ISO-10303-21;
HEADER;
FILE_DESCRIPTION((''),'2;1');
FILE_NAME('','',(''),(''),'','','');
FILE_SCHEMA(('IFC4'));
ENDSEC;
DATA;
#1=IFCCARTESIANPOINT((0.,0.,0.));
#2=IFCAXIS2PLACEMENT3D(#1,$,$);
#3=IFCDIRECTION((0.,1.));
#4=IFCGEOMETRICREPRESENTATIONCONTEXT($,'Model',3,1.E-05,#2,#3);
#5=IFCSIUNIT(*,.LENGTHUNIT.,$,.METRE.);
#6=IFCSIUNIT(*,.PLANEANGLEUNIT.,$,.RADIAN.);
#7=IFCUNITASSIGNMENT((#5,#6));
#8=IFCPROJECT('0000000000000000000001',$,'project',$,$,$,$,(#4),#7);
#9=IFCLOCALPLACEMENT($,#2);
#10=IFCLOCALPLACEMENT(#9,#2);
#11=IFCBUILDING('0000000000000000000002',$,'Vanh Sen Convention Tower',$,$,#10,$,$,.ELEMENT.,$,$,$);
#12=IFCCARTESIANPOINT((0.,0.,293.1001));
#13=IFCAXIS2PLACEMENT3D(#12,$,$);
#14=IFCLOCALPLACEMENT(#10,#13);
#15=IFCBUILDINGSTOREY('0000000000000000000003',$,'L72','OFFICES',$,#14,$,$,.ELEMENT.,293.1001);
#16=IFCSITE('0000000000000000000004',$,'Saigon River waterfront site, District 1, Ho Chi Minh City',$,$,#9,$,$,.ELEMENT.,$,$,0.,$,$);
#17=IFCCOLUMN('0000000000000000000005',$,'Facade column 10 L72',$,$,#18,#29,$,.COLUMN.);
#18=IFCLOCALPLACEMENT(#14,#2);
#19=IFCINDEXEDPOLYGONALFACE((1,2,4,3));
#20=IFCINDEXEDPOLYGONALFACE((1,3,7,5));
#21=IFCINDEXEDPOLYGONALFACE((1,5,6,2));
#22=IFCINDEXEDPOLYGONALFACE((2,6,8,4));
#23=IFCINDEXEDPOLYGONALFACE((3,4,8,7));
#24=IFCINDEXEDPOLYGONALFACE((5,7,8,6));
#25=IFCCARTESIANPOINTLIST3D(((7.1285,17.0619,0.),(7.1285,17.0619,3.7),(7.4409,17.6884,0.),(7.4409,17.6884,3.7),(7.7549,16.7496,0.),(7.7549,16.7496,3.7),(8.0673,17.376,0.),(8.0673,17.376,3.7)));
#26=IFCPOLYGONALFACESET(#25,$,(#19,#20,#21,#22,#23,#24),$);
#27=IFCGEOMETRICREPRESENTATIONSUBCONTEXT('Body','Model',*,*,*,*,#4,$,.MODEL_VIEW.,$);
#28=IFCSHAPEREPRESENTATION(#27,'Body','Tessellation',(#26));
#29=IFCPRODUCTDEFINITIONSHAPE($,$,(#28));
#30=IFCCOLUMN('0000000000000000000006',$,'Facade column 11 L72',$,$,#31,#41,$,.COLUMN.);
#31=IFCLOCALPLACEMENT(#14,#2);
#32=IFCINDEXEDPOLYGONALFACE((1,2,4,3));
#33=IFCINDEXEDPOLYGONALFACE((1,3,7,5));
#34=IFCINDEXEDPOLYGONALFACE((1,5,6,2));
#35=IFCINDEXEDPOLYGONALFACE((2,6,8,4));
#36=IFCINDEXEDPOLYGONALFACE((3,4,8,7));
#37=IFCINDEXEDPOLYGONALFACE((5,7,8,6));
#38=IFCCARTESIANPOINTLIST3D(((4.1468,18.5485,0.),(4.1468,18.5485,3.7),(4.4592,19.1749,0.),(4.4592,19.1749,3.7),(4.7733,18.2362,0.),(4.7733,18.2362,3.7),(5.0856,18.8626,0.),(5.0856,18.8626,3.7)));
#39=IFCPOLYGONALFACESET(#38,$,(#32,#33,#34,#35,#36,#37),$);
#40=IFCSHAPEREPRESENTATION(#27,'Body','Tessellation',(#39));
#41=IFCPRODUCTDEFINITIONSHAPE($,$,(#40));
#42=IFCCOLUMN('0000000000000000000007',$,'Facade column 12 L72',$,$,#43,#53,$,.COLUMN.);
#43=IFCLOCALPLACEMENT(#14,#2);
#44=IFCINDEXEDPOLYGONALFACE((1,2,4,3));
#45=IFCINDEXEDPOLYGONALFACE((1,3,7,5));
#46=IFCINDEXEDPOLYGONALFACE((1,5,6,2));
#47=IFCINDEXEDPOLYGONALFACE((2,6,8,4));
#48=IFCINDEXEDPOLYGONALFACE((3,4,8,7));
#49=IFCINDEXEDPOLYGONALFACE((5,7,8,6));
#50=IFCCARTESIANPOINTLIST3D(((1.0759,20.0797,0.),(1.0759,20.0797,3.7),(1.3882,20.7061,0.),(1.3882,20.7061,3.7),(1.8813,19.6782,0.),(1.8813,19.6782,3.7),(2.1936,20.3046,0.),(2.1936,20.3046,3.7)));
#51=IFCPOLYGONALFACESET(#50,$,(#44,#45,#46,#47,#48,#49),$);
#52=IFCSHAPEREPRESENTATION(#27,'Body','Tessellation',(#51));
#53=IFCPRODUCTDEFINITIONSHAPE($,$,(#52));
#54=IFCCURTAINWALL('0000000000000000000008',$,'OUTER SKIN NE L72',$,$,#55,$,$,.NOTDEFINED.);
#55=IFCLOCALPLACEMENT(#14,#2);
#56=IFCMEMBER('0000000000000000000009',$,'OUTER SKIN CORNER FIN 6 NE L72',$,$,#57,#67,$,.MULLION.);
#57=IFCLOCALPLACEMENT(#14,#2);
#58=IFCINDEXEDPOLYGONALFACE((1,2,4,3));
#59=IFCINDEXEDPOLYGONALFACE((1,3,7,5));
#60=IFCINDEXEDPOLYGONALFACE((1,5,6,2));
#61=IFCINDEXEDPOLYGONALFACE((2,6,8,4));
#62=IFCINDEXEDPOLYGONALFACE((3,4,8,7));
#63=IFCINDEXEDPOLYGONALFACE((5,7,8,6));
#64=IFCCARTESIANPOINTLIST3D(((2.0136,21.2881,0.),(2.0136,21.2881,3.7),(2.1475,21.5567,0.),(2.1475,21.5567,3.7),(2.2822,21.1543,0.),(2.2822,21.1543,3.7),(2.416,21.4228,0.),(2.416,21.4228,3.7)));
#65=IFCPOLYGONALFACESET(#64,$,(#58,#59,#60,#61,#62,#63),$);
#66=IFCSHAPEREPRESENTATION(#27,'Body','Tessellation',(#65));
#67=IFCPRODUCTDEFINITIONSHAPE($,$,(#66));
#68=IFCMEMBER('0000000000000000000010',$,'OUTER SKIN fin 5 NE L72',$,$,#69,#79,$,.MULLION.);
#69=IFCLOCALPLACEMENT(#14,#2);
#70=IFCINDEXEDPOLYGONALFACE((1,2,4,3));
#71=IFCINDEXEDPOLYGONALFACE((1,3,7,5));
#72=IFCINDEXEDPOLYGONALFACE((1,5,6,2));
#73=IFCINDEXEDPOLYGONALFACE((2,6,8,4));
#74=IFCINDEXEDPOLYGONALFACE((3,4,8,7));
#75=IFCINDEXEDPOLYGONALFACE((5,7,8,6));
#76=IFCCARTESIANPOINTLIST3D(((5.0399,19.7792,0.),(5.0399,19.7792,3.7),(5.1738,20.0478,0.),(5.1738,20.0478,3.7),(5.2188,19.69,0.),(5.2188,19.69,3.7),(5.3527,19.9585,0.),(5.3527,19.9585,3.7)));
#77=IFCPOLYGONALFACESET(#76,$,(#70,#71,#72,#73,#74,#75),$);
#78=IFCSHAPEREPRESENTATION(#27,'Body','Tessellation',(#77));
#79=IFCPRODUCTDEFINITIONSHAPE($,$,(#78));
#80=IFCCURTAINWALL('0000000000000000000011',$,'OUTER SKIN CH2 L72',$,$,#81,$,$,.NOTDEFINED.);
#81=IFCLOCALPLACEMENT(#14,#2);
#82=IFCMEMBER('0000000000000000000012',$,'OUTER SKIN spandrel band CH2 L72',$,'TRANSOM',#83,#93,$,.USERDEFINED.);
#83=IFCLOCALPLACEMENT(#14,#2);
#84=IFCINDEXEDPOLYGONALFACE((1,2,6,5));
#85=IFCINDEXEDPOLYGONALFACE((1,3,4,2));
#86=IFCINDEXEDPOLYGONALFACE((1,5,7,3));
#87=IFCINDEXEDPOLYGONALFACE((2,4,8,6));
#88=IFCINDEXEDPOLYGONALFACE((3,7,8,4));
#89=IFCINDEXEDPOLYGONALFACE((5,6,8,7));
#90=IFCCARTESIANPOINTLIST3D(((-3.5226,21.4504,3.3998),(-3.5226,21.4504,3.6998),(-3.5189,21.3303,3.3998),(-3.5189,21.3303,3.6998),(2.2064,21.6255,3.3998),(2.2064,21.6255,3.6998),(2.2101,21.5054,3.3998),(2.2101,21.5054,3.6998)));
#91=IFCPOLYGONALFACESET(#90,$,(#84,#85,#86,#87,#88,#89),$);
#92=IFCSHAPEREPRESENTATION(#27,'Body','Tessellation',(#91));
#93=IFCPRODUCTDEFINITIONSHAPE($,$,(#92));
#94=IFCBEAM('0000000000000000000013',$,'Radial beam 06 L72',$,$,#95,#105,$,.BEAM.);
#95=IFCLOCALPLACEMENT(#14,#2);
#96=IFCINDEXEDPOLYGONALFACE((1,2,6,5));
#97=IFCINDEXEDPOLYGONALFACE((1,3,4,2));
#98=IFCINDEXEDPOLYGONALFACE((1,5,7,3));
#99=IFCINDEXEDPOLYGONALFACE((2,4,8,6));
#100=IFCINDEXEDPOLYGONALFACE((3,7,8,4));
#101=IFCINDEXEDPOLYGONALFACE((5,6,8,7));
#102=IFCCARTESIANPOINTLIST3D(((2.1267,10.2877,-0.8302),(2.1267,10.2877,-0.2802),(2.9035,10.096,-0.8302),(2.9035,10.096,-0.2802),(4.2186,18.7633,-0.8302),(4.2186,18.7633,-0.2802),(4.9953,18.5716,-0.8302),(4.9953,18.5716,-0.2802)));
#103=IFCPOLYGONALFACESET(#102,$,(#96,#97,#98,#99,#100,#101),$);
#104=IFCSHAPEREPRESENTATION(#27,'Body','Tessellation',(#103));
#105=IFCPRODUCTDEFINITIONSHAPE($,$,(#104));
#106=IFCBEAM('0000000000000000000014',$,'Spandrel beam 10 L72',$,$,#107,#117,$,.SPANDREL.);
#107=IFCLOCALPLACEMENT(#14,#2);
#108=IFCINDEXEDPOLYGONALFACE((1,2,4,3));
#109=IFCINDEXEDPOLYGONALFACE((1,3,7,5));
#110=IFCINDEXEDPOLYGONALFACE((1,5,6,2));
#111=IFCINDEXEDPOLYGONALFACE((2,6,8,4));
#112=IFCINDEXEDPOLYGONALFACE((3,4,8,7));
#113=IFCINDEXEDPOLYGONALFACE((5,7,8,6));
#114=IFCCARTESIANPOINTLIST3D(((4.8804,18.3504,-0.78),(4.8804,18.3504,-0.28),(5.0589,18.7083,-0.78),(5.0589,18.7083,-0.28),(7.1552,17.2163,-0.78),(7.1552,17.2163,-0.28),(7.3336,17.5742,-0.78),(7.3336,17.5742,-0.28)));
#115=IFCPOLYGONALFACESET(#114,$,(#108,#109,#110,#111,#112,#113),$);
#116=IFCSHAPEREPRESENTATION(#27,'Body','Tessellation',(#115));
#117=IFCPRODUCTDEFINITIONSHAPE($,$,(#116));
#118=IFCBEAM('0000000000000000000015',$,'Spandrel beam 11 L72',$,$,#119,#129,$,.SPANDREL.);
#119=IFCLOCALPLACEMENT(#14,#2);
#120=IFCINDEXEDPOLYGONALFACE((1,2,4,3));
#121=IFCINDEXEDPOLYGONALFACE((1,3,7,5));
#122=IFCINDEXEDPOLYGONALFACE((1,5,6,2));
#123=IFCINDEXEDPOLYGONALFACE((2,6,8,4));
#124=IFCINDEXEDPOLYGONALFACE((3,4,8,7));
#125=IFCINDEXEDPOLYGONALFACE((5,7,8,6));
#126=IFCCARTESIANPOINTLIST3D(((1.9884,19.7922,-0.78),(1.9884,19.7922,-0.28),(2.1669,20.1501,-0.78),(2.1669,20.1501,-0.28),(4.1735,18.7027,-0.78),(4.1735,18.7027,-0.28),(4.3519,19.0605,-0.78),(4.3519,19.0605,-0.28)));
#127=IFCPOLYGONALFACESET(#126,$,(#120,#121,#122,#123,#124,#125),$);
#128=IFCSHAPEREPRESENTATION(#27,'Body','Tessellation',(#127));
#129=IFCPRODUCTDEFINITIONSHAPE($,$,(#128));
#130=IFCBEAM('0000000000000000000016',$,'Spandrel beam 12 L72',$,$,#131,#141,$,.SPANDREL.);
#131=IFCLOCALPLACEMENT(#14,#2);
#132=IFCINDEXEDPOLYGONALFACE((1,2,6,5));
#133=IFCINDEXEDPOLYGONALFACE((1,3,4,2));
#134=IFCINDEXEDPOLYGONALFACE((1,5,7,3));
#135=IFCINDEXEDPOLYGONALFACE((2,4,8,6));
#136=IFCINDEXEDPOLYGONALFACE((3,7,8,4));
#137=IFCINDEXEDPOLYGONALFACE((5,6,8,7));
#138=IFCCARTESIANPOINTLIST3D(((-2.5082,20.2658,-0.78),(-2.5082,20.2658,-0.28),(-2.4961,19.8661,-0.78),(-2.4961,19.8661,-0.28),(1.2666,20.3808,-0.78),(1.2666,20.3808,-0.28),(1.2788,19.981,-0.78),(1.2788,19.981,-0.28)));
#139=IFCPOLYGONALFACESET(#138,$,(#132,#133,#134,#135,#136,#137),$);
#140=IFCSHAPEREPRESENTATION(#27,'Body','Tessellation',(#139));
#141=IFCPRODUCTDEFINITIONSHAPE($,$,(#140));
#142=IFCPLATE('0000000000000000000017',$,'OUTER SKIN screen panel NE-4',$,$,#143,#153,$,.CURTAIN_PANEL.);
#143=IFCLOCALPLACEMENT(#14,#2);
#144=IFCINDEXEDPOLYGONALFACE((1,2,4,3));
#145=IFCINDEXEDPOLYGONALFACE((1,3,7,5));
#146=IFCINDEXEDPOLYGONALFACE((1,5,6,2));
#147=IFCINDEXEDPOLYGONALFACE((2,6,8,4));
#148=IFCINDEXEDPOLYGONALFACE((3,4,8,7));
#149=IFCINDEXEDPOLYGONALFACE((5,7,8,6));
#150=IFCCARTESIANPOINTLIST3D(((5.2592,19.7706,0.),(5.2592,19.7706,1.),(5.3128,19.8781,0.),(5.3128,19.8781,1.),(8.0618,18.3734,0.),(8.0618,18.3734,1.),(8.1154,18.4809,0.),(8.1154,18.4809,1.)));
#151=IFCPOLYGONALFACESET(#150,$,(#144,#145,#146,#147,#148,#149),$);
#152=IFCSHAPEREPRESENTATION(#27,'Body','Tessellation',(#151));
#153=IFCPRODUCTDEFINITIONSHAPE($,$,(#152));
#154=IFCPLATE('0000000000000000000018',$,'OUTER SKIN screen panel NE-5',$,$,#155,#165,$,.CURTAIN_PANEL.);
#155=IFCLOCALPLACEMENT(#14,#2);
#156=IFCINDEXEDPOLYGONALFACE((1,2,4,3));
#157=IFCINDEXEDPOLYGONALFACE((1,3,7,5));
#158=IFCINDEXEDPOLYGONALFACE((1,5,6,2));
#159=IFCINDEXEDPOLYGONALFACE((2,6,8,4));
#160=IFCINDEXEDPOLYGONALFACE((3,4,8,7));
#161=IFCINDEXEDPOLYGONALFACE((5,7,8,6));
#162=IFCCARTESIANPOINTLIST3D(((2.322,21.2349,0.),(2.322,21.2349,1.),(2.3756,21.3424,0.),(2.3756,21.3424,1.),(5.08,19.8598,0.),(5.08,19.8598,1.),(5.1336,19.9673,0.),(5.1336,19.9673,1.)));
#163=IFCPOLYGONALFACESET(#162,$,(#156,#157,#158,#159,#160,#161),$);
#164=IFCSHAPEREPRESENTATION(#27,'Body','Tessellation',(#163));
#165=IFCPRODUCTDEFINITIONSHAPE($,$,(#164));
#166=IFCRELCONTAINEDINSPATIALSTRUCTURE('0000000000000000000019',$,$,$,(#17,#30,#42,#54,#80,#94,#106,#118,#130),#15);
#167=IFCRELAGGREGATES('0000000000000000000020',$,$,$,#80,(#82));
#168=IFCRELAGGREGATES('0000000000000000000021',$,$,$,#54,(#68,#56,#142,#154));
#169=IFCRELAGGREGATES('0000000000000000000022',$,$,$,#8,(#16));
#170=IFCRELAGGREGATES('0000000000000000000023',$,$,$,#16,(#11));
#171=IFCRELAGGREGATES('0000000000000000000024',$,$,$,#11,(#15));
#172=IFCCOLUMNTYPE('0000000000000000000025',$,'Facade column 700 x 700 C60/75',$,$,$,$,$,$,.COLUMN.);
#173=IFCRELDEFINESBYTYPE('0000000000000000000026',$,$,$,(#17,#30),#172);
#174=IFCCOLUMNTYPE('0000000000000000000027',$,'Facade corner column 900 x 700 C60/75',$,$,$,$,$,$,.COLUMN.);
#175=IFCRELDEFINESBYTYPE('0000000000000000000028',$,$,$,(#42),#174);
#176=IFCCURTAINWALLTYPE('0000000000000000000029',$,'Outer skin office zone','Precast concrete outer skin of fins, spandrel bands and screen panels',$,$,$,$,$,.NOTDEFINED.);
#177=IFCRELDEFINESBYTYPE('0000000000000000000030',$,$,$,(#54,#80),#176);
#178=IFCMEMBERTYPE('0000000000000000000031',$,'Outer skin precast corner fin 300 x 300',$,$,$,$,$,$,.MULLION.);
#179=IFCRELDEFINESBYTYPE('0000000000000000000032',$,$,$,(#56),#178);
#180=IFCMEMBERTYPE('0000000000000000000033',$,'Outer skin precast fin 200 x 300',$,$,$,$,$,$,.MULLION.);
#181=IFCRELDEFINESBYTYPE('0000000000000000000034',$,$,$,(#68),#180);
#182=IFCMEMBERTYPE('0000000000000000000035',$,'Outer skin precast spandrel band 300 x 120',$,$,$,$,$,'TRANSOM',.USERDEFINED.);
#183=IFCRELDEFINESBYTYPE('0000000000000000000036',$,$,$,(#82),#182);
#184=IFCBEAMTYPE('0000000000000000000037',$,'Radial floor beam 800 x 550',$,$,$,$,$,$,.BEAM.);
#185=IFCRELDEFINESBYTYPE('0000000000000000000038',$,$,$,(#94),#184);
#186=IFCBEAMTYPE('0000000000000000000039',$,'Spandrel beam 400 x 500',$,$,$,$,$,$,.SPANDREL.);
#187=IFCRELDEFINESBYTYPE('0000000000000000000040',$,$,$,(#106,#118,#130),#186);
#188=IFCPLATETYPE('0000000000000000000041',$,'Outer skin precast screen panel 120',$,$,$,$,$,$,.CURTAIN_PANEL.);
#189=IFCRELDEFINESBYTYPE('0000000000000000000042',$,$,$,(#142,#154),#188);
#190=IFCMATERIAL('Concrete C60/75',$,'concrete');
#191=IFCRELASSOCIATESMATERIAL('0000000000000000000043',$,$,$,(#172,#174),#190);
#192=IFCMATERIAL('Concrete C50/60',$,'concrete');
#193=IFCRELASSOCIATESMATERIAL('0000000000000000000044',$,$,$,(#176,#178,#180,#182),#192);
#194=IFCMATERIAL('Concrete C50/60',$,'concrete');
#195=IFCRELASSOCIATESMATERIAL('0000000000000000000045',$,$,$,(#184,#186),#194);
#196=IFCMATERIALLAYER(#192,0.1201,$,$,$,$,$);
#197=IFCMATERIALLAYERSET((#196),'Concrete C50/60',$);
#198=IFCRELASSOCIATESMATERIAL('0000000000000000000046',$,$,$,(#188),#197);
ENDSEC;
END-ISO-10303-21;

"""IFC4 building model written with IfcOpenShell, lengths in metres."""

from ifc_helpers import new_model, si_unit, direction, frame, origin, origin_2d, place, context, subcontext, project, spatial, rectangle, extrude, material, layer, layer_set, material_profile, profile_set, type_object, element, aggregate, save


model = new_model("IFC4")

# Units and contexts
model_context = context("Model", 3, precision=1e-05, world=origin(), true_north=direction((0.0, 1.0)))
body_context = subcontext(model_context, "Body", "Model", "MODEL_VIEW")
ifc_project = project(units=[si_unit("LENGTHUNIT", "METRE"), si_unit("PLANEANGLEUNIT", "RADIAN")], contexts=[model_context])

# Site, building, storey
site_placement = place(None, origin())
site = spatial("IfcSite", under=ifc_project, at=site_placement, Name="Saigon River waterfront site, District 1, Ho Chi Minh City", CompositionType="ELEMENT", RefElevation=0.0)
building_placement = place(site_placement, origin())
building = spatial("IfcBuilding", under=site, at=building_placement, Name="Vanh Sen Convention Tower", CompositionType="ELEMENT")
storey_placement = place(building_placement, frame((0.0, 0.0, 293.1001)))
storey = spatial("IfcBuildingStorey", under=building, at=storey_placement, Name="L72", Description="OFFICES", CompositionType="ELEMENT", Elevation=293.1001)

# Columns
ifc_material_1 = material(Name="Concrete C60/75", Category="concrete")
ifc_material_profile_1 = material_profile(ifc_material_1, rectangle(XDim=0.7, YDim=0.7, at=origin_2d()), Name="RC 700X700")
ifc_profile_set_1 = profile_set([ifc_material_profile_1], Name="Concrete C60/75")
column_type_1 = type_object("IfcColumnType", Name="Facade column 700 x 700 C60/75", PredefinedType="COLUMN", material=ifc_profile_set_1)
for number, where, z_axis, x_axis, name in (
    (1, (7.5979, 17.219, 0.0), (0.0, 0.0, 1.0), (-0.894934, 0.446198, 0.0), "Facade column 10 L72"),
    (2, (4.6162, 18.7056, 0.0), (0.0, 0.0, 1.0), (-0.894934, 0.446198, 0.0), "Facade column 11 L72"),
):
    element("IfcColumn", number, at=place(storey_placement, frame(where, z_axis=z_axis, x_axis=x_axis)), inside=storey, type_object=column_type_1, Name=name, PredefinedType="COLUMN", context=body_context, shape_type="SweptSolid", body=[
        extrude(rectangle(XDim=0.7, YDim=0.7, at=origin_2d()), origin(), (0.0, 0.0, 1.0), 3.7),
    ])
ifc_material_profile_2 = material_profile(ifc_material_1, rectangle(XDim=0.8999, YDim=0.7, at=origin_2d()), Name="RC 900X700")
ifc_profile_set_2 = profile_set([ifc_material_profile_2], Name="Concrete C60/75")
column_type_2 = type_object("IfcColumnType", Name="Facade corner column 900 x 700 C60/75", PredefinedType="COLUMN", material=ifc_profile_set_2)
column_placement = place(storey_placement, frame((1.6348, 20.1921, 0.0), z_axis=(0.0, 0.0, 1.0), x_axis=(-0.894934, 0.446198, 0.0)))
element("IfcColumn", 3, at=column_placement, inside=storey, type_object=column_type_2, Name="Facade column 12 L72", PredefinedType="COLUMN", context=body_context, shape_type="SweptSolid", body=[
    extrude(rectangle(XDim=0.8999, YDim=0.7, at=origin_2d()), origin(), (0.0, 0.0, 1.0), 3.7),
])

# Curtain wall, members
ifc_material_2 = material(Name="Concrete C50/60", Category="concrete")
curtain_wall_type = type_object("IfcCurtainWallType", Name="Outer skin office zone", Description="Precast concrete outer skin of fins, spandrel bands and screen panels", PredefinedType="NOTDEFINED", material=ifc_material_2)
curtain_wall_1_placement = place(storey_placement, origin())
curtain_wall_1 = element("IfcCurtainWall", 4, at=curtain_wall_1_placement, inside=storey, type_object=curtain_wall_type, Name="OUTER SKIN NE L72", PredefinedType="NOTDEFINED")
ifc_material_profile_3 = material_profile(ifc_material_2, rectangle(XDim=0.3, YDim=0.3, at=origin_2d()), Name="Outer skin precast corner fin 300 x 300")
ifc_profile_set_3 = profile_set([ifc_material_profile_3], Name="Concrete C50/60")
member_type_1 = type_object("IfcMemberType", Name="Outer skin precast corner fin 300 x 300", PredefinedType="MULLION", material=ifc_profile_set_3)
member_1_placement = place(storey_placement, frame((2.2148, 21.3555, 0.0), z_axis=(0.0, 0.0, 1.0), x_axis=(-0.894934, 0.446198, 0.0)))
member_1 = element("IfcMember", 5, at=member_1_placement, type_object=member_type_1, Name="OUTER SKIN CORNER FIN 6 NE L72", PredefinedType="MULLION", context=body_context, shape_type="SweptSolid", body=[
    extrude(rectangle(XDim=0.3, YDim=0.3, at=origin_2d()), origin(), (0.0, 0.0, 1.0), 3.7),
])
ifc_material_profile_4 = material_profile(ifc_material_2, rectangle(XDim=0.2, YDim=0.3, at=origin_2d()), Name="Outer skin precast fin 200 x 300")
ifc_profile_set_4 = profile_set([ifc_material_profile_4], Name="Concrete C50/60")
member_type_2 = type_object("IfcMemberType", Name="Outer skin precast fin 200 x 300", PredefinedType="MULLION", material=ifc_profile_set_4)
member_2_placement = place(storey_placement, frame((5.1963, 19.8689, 0.0), z_axis=(0.0, 0.0, 1.0), x_axis=(-0.894934, 0.446198, 0.0)))
member_2 = element("IfcMember", 6, at=member_2_placement, type_object=member_type_2, Name="OUTER SKIN fin 5 NE L72", PredefinedType="MULLION", context=body_context, shape_type="SweptSolid", body=[
    extrude(rectangle(XDim=0.2, YDim=0.3, at=origin_2d()), origin(), (0.0, 0.0, 1.0), 3.7),
])

# Curtain wall, member
curtain_wall_2_placement = place(storey_placement, origin())
curtain_wall_2 = element("IfcCurtainWall", 7, at=curtain_wall_2_placement, inside=storey, type_object=curtain_wall_type, Name="OUTER SKIN CH2 L72", PredefinedType="NOTDEFINED")
ifc_material_profile_5 = material_profile(ifc_material_2, rectangle(XDim=0.1201, YDim=0.3, at=origin_2d()), Name="Outer skin precast spandrel band 300 x 120")
ifc_profile_set_5 = profile_set([ifc_material_profile_5], Name="Concrete C50/60")
member_type_3 = type_object("IfcMemberType", Name="Outer skin precast spandrel band 300 x 120", ElementType="TRANSOM", PredefinedType="USERDEFINED", material=ifc_profile_set_5)
member_3_placement = place(storey_placement, frame((2.2083, 21.5654, 3.5498), z_axis=(-0.999534, -0.030541, 0.0), x_axis=(0.030541, -0.999534, 0.0)))
member_3 = element("IfcMember", 8, at=member_3_placement, type_object=member_type_3, Name="OUTER SKIN spandrel band CH2 L72", ObjectType="TRANSOM", PredefinedType="USERDEFINED", context=body_context, shape_type="SweptSolid", body=[
    extrude(rectangle(XDim=0.1201, YDim=0.3, at=origin_2d()), origin(), (0.0, 0.0, 1.0), 5.7317),
])
aggregate(curtain_wall_2, [member_3])

# Beams
ifc_material_3 = material(Name="Concrete C50/60", Category="concrete")
ifc_material_profile_6 = material_profile(ifc_material_3, rectangle(XDim=0.8, YDim=0.55, at=origin_2d()), Name="RC 800X550")
ifc_profile_set_6 = profile_set([ifc_material_profile_6], Name="Concrete C50/60")
beam_type_1 = type_object("IfcBeamType", Name="Radial floor beam 800 x 550", PredefinedType="BEAM", material=ifc_profile_set_6)
beam_1_placement = place(storey_placement, frame((4.6069, 18.6675, -0.5552), z_axis=(-0.239613, -0.970869, 0.0), x_axis=(0.970869, -0.239613, 0.0)))
element("IfcBeam", 9, at=beam_1_placement, inside=storey, type_object=beam_type_1, Name="Radial beam 06 L72", PredefinedType="BEAM", context=body_context, shape_type="SweptSolid", body=[
    extrude(rectangle(XDim=0.8, YDim=0.55, at=origin_2d()), origin(), (0.0, 0.0, 1.0), 8.73),
])
ifc_material_profile_7 = material_profile(ifc_material_3, rectangle(XDim=0.3999, YDim=0.5, at=origin_2d()), Name="RC 400X500")
ifc_profile_set_7 = profile_set([ifc_material_profile_7], Name="Concrete C50/60")
beam_type_2 = type_object("IfcBeamType", Name="Spandrel beam 400 x 500", PredefinedType="SPANDREL", material=ifc_profile_set_7)
beam_2_placement = place(storey_placement, frame((7.2444, 17.3953, -0.53), z_axis=(-0.894945, 0.446176, 0.0), x_axis=(-0.446176, -0.894945, 0.0)))
element("IfcBeam", 10, at=beam_2_placement, inside=storey, type_object=beam_type_2, Name="Spandrel beam 10 L72", PredefinedType="SPANDREL", context=body_context, shape_type="SweptSolid", body=[
    extrude(rectangle(XDim=0.3999, YDim=0.5, at=origin_2d()), origin(), (0.0, 0.0, 1.0), 2.5417),
])
beam_3_placement = place(storey_placement, frame((4.2627, 18.8816, -0.53), z_axis=(-0.894907, 0.446253, 0.0), x_axis=(-0.446253, -0.894907, 0.0)))
element("IfcBeam", 11, at=beam_3_placement, inside=storey, type_object=beam_type_2, Name="Spandrel beam 11 L72", PredefinedType="SPANDREL", context=body_context, shape_type="SweptSolid", body=[
    extrude(rectangle(XDim=0.3999, YDim=0.5, at=origin_2d()), origin(), (0.0, 0.0, 1.0), 2.4417),
])
beam_4_placement = place(storey_placement, frame((1.2727, 20.1809, -0.53), z_axis=(-0.999536, -0.030448, 0.0), x_axis=(0.030448, -0.999536, 0.0)))
element("IfcBeam", 12, at=beam_4_placement, inside=storey, type_object=beam_type_2, Name="Spandrel beam 12 L72", PredefinedType="SPANDREL", context=body_context, shape_type="SweptSolid", body=[
    extrude(rectangle(XDim=0.3999, YDim=0.5, at=origin_2d()), origin(), (0.0, 0.0, 1.0), 3.7766),
])

# Plates
ifc_layer_1 = layer(ifc_material_2, 0.1201)
ifc_layer_set_1 = layer_set([ifc_layer_1], Name="Concrete C50/60")
plate_type = type_object("IfcPlateType", Name="Outer skin precast screen panel 120", PredefinedType="CURTAIN_PANEL", material=ifc_layer_set_1)
plate_1_placement = place(storey_placement, frame((6.6873, 19.1257, 0.0), z_axis=(0.0, 0.0, 1.0), x_axis=(-0.894943, 0.446181, 0.0)))
plate_1 = element("IfcPlate", 13, at=plate_1_placement, type_object=plate_type, Name="OUTER SKIN screen panel NE-4", PredefinedType="CURTAIN_PANEL", context=body_context, shape_type="SweptSolid", body=[
    extrude(rectangle(XDim=3.1316, YDim=0.1201, at=origin_2d()), origin(), (0.0, 0.0, 1.0), 1.0),
])
plate_2_placement = place(storey_placement, frame((3.7278, 20.6011, 0.0), z_axis=(0.0, 0.0, 1.0), x_axis=(-0.894931, 0.446204, 0.0)))
plate_2 = element("IfcPlate", 14, at=plate_2_placement, type_object=plate_type, Name="OUTER SKIN screen panel NE-5", PredefinedType="CURTAIN_PANEL", context=body_context, shape_type="SweptSolid", body=[
    extrude(rectangle(XDim=3.0818, YDim=0.1201, at=origin_2d()), origin(), (0.0, 0.0, 1.0), 1.0),
])
aggregate(curtain_wall_1, [member_2, member_1, plate_1, plate_2])

save(model, "model.ifc")
